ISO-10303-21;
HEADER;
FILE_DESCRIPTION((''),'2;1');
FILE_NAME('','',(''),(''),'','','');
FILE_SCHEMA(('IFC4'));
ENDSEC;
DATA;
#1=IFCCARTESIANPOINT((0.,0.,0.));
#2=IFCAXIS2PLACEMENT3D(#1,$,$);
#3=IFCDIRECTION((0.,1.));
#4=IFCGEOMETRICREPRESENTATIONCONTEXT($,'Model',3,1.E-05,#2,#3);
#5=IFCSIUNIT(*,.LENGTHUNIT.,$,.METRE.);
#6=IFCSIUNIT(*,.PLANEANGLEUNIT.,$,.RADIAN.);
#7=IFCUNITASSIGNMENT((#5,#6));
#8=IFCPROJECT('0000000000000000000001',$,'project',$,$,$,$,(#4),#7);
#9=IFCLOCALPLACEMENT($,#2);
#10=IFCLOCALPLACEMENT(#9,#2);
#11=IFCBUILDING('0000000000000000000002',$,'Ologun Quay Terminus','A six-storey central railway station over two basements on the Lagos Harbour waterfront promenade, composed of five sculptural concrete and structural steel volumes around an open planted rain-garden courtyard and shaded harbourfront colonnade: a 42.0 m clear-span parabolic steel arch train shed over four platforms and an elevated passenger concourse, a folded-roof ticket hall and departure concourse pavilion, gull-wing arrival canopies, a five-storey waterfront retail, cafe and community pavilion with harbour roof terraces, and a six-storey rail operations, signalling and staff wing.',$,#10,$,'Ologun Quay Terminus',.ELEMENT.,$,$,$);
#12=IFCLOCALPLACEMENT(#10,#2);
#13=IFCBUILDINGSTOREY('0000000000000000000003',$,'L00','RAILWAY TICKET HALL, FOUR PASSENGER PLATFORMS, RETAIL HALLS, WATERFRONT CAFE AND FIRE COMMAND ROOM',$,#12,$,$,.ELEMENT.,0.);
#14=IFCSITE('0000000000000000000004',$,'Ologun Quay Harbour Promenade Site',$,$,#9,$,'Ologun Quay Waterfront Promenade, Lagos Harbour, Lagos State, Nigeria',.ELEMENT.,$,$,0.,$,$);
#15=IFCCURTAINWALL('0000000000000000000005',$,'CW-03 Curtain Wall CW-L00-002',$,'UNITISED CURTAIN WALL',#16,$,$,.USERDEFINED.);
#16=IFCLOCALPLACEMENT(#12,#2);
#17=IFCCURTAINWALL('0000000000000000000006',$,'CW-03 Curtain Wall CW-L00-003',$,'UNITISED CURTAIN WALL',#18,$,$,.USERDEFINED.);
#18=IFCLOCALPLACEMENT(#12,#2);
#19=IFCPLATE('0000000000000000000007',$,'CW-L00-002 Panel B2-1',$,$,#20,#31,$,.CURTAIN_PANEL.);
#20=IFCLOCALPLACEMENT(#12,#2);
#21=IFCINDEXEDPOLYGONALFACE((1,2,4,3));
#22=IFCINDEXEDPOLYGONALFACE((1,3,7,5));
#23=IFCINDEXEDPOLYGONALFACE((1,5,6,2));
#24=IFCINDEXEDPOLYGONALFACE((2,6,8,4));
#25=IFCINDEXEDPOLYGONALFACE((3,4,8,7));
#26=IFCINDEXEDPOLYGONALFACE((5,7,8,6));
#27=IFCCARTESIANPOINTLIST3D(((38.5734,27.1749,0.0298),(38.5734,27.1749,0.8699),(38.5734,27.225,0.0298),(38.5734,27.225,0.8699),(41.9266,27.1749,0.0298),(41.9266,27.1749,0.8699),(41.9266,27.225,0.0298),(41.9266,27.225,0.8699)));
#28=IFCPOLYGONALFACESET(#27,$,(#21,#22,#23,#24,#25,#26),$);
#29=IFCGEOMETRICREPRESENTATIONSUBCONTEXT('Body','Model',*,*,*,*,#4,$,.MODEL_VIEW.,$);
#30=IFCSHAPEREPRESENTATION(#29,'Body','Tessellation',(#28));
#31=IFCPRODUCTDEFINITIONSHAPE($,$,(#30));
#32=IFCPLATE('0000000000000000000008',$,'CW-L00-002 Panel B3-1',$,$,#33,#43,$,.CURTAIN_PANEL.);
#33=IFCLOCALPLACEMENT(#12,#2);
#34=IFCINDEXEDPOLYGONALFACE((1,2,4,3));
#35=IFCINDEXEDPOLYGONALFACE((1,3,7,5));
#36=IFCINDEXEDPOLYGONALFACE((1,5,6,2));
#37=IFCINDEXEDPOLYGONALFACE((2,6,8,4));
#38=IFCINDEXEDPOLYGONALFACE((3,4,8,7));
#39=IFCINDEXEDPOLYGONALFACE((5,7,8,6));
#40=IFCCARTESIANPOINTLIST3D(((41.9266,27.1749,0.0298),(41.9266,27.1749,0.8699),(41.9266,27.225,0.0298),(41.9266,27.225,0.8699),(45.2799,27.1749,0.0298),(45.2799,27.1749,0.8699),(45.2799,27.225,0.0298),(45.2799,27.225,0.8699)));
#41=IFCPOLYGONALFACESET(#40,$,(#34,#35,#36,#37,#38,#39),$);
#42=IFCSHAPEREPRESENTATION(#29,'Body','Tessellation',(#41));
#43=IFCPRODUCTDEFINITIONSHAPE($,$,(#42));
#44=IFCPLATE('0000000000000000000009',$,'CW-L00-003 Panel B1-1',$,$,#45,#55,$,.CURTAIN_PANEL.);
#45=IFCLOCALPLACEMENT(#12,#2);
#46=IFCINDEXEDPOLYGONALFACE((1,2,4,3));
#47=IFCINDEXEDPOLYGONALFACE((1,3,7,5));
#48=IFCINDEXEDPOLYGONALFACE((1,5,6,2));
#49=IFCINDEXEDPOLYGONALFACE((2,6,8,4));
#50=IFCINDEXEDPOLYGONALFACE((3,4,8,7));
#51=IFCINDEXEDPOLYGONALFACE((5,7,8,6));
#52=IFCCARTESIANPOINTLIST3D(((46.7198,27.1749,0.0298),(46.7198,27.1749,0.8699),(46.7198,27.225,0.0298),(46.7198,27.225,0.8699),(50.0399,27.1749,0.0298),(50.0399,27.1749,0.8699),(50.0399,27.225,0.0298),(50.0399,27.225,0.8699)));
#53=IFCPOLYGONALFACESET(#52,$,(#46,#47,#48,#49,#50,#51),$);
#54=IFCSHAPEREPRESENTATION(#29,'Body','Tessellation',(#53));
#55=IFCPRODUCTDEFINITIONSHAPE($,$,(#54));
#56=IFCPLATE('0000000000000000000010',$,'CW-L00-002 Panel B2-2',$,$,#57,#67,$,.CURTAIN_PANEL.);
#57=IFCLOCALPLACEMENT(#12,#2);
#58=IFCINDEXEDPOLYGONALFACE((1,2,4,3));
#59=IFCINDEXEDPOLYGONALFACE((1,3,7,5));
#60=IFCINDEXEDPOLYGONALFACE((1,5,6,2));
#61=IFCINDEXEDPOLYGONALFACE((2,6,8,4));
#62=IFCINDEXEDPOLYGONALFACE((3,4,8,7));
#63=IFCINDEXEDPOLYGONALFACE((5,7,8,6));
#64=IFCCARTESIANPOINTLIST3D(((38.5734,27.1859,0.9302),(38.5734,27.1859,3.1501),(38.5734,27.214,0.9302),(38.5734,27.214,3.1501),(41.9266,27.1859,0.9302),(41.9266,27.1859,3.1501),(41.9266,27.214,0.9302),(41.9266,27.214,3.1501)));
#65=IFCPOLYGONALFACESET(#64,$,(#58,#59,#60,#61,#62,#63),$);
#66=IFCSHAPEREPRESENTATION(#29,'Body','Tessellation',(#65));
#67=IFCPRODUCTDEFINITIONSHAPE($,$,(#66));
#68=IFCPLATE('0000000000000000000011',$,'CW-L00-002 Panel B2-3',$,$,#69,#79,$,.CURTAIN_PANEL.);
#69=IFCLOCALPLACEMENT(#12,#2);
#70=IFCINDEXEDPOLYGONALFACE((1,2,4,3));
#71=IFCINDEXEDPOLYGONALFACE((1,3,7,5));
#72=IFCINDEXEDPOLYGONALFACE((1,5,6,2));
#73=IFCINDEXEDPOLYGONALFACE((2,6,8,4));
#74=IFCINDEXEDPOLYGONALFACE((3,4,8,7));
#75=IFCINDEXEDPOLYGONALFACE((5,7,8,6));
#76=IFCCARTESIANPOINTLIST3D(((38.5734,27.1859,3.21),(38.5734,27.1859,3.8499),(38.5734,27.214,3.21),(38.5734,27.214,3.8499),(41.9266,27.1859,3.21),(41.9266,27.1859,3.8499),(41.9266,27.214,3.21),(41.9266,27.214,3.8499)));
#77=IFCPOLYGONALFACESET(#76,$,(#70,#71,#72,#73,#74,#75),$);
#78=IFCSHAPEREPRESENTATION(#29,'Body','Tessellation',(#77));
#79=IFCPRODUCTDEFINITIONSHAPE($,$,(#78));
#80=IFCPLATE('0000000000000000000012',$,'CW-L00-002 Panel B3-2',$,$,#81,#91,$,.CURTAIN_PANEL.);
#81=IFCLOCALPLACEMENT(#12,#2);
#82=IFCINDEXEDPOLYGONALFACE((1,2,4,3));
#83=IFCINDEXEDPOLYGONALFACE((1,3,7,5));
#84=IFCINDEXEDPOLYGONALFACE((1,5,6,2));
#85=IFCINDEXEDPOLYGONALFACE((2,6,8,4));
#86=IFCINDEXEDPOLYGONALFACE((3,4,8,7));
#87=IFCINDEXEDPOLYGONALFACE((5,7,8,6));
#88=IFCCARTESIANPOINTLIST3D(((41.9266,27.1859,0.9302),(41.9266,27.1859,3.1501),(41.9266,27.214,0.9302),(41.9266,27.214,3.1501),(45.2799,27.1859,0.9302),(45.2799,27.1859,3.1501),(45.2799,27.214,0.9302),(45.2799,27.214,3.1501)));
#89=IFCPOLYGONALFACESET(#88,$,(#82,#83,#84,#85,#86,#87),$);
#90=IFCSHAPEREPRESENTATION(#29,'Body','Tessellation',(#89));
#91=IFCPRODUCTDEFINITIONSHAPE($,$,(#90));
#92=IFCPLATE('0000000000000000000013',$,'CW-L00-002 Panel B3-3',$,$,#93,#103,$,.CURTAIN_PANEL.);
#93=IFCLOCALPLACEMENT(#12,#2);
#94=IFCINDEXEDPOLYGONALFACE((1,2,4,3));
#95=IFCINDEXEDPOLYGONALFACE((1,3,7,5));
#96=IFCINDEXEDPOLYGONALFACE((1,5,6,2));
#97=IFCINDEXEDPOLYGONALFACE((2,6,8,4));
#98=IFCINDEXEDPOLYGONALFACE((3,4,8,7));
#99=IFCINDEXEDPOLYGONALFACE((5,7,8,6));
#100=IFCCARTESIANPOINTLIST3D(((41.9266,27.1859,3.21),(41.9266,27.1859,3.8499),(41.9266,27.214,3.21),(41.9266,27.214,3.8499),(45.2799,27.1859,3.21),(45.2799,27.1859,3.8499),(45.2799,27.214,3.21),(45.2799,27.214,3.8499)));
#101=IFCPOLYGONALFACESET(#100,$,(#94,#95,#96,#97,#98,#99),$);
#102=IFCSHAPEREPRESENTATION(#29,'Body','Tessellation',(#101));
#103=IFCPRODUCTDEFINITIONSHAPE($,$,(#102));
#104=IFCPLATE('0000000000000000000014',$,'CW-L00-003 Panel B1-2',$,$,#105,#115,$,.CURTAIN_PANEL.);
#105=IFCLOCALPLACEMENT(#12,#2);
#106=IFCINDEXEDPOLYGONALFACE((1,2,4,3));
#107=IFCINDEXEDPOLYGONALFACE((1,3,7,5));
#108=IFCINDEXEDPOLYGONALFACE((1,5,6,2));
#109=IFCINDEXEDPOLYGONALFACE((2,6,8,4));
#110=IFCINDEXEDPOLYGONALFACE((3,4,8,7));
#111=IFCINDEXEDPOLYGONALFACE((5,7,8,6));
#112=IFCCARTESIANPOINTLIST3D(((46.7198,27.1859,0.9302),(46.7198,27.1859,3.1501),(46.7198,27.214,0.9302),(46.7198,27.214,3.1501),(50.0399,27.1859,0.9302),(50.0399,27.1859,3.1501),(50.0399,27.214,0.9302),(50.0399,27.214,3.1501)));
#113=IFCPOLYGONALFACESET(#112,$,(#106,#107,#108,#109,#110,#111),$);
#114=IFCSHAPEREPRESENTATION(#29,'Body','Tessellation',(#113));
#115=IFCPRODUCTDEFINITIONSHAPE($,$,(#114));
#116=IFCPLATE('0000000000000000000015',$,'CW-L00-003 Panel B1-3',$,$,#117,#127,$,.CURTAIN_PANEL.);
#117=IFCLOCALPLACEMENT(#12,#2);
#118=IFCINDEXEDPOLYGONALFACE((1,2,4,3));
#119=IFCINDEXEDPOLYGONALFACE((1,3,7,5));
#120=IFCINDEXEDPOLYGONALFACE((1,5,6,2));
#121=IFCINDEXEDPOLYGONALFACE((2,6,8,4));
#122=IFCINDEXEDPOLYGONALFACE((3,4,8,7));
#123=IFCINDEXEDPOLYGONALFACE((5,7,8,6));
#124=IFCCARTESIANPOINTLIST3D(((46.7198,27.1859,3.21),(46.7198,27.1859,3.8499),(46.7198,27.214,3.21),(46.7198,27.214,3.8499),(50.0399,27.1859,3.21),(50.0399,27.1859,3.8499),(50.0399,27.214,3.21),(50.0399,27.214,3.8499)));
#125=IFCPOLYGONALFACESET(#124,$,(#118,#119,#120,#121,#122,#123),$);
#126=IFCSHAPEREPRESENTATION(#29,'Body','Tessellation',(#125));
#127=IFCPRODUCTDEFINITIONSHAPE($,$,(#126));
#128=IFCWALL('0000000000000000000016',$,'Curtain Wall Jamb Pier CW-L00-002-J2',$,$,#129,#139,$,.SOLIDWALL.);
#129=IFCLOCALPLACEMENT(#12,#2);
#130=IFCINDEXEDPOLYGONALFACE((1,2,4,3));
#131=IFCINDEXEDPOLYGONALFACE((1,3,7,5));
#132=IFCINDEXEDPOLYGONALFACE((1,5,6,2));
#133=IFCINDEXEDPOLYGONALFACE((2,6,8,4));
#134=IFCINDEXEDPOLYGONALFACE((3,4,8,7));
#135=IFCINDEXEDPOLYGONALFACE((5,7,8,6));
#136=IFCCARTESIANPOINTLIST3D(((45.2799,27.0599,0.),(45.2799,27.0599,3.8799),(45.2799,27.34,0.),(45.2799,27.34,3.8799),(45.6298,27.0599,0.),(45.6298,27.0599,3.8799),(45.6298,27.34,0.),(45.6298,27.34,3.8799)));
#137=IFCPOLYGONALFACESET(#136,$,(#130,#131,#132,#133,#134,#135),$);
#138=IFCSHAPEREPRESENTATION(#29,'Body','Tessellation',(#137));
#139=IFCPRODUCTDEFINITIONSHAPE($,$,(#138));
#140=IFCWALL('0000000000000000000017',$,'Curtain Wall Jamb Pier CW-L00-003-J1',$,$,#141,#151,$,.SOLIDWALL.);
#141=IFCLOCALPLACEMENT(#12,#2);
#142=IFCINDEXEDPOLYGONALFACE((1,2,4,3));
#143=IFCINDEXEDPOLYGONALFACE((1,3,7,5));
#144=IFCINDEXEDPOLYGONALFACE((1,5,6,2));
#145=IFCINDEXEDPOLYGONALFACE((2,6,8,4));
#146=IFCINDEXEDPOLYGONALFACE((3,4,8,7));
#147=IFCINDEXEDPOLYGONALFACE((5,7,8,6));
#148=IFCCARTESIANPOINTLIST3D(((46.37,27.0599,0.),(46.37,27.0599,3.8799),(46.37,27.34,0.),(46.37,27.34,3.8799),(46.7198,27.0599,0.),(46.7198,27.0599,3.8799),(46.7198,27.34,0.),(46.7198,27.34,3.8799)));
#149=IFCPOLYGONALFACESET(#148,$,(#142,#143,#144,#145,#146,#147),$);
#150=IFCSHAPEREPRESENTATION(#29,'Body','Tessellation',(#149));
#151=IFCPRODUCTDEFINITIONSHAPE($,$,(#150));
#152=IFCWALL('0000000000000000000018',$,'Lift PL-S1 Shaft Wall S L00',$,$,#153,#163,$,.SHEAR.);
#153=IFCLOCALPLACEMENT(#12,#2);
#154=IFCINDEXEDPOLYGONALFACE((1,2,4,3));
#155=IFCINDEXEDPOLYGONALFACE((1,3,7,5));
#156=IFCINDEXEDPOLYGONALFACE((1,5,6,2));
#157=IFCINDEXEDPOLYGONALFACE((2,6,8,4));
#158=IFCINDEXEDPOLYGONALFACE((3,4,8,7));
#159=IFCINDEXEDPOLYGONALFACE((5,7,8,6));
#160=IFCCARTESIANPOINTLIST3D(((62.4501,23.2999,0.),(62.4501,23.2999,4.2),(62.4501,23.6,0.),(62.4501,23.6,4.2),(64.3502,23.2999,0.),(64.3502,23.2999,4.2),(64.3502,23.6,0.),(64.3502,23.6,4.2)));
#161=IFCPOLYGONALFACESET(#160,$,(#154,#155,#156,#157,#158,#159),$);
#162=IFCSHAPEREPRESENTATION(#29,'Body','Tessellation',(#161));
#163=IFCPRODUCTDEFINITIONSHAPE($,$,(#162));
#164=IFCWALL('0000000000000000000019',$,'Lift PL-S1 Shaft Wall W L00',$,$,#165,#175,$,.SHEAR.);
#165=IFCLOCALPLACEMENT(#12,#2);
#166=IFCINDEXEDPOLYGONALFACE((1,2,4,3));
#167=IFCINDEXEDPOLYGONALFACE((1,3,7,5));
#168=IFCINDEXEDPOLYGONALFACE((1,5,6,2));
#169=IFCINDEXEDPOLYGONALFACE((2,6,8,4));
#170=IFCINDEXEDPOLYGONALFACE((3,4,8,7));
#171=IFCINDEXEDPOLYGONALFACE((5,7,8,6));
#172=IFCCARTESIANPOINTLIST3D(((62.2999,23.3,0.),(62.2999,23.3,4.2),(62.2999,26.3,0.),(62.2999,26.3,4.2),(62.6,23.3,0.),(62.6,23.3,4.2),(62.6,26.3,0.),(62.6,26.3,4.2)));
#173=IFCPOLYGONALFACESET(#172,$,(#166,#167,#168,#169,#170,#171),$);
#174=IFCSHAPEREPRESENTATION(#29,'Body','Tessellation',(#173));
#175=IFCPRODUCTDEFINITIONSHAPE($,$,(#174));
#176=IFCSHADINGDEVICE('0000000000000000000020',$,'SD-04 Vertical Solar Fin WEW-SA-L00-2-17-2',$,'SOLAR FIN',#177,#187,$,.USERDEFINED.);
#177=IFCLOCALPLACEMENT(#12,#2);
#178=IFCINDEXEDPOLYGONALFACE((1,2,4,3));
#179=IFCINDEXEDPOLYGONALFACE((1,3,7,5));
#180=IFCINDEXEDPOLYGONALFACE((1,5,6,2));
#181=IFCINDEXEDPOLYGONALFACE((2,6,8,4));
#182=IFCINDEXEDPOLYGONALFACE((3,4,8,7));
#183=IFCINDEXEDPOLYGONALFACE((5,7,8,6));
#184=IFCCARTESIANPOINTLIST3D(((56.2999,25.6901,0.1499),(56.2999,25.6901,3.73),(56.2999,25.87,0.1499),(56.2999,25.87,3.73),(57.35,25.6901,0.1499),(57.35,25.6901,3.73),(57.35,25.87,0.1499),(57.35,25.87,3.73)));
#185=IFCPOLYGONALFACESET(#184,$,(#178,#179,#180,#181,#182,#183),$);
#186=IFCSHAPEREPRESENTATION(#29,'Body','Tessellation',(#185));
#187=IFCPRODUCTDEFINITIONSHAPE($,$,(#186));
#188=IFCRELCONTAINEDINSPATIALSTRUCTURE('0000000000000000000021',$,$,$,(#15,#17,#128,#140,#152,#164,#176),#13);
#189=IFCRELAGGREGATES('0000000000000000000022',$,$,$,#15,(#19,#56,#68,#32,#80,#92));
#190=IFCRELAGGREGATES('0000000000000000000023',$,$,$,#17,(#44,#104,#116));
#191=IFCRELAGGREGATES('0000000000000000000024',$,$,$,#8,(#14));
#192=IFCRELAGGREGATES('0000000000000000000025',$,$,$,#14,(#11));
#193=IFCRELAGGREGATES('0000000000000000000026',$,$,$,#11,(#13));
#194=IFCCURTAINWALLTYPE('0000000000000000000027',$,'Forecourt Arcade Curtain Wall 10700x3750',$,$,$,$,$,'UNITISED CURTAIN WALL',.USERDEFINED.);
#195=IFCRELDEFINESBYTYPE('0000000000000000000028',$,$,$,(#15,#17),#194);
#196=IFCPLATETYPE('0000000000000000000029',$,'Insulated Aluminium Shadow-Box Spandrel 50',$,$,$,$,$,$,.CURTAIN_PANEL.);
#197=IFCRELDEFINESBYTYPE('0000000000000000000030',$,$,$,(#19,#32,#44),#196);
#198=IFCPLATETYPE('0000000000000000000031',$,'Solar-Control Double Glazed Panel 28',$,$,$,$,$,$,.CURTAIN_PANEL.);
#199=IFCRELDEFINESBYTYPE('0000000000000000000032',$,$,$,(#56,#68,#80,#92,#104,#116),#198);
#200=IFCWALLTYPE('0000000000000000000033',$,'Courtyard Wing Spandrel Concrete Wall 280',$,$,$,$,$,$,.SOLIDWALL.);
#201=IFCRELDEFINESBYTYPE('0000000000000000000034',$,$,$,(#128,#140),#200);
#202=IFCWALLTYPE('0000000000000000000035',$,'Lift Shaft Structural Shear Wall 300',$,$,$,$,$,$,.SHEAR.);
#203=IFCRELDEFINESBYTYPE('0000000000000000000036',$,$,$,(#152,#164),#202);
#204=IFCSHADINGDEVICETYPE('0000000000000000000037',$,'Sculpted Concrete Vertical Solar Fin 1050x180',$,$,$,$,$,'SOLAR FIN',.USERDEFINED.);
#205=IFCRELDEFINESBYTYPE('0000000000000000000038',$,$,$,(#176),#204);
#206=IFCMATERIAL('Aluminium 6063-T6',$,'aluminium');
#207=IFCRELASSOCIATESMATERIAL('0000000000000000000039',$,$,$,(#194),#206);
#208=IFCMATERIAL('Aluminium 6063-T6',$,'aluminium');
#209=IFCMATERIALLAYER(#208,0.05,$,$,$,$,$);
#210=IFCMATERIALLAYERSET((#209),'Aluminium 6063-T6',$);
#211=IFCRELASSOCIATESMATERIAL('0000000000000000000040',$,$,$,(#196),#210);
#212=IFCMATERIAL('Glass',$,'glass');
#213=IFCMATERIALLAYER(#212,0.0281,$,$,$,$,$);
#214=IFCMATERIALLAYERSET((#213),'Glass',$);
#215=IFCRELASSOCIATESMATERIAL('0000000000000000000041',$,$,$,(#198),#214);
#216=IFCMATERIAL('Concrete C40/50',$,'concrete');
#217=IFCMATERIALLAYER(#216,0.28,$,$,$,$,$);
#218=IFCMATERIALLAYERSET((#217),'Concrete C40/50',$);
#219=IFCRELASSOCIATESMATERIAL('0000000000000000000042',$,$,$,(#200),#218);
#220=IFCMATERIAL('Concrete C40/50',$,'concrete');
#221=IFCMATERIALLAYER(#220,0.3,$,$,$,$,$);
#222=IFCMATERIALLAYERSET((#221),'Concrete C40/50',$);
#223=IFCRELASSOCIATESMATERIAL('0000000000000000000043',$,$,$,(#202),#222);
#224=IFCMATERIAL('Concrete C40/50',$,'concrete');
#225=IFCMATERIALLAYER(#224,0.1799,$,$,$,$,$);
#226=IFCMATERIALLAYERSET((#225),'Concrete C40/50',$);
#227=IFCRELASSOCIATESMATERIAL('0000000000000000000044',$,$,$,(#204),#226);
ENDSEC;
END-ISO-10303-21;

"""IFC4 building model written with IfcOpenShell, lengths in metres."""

from ifc_helpers import new_model, si_unit, direction, frame, frame_2d, origin, origin_2d, place, context, subcontext, project, spatial, rectangle, extrude, material, layer, layer_set, type_object, element, aggregate, save


model = new_model("IFC4")

# Units and contexts
model_context = context("Model", 3, precision=1e-05, world=origin(), true_north=direction((0.0, 1.0)))
body_context = subcontext(model_context, "Body", "Model", "MODEL_VIEW")
ifc_project = project(units=[si_unit("LENGTHUNIT", "METRE"), si_unit("PLANEANGLEUNIT", "RADIAN")], contexts=[model_context])

# Site, building, storey
site_placement = place(None, origin())
site = spatial("IfcSite", under=ifc_project, at=site_placement, Name="Ologun Quay Harbour Promenade Site", LongName="Ologun Quay Waterfront Promenade, Lagos Harbour, Lagos State, Nigeria", CompositionType="ELEMENT", RefElevation=0.0)
building_placement = place(site_placement, origin())
building = spatial("IfcBuilding", under=site, at=building_placement, Name="Ologun Quay Terminus", Description="A six-storey central railway station over two basements on the Lagos Harbour waterfront promenade, composed of five sculptural concrete and structural steel volumes around an open planted rain-garden courtyard and shaded harbourfront colonnade: a 42.0 m clear-span parabolic steel arch train shed over four platforms and an elevated passenger concourse, a folded-roof ticket hall and departure concourse pavilion, gull-wing arrival canopies, a five-storey waterfront retail, cafe and community pavilion with harbour roof terraces, and a six-storey rail operations, signalling and staff wing.", LongName="Ologun Quay Terminus", CompositionType="ELEMENT")
storey_placement = place(building_placement, origin())
storey = spatial("IfcBuildingStorey", under=building, at=storey_placement, Name="L00", Description="RAILWAY TICKET HALL, FOUR PASSENGER PLATFORMS, RETAIL HALLS, WATERFRONT CAFE AND FIRE COMMAND ROOM", CompositionType="ELEMENT", Elevation=0.0)

# Curtain wall
ifc_material_1 = material(Name="Aluminium 6063-T6", Category="aluminium")
curtain_wall_type = type_object("IfcCurtainWallType", Name="Forecourt Arcade Curtain Wall 10700x3750", ElementType="UNITISED CURTAIN WALL", PredefinedType="USERDEFINED", material=ifc_material_1)
curtain_wall_1_placement = place(storey_placement, origin())
curtain_wall_1 = element("IfcCurtainWall", 1, at=curtain_wall_1_placement, inside=storey, type_object=curtain_wall_type, Name="CW-03 Curtain Wall CW-L00-002", ObjectType="UNITISED CURTAIN WALL", PredefinedType="USERDEFINED")

# Curtain wall
curtain_wall_2_placement = place(storey_placement, origin())
curtain_wall_2 = element("IfcCurtainWall", 2, at=curtain_wall_2_placement, inside=storey, type_object=curtain_wall_type, Name="CW-03 Curtain Wall CW-L00-003", ObjectType="UNITISED CURTAIN WALL", PredefinedType="USERDEFINED")

# Plates
ifc_material_2 = material(Name="Aluminium 6063-T6", Category="aluminium")
ifc_layer_1 = layer(ifc_material_2, 0.05)
ifc_layer_set_1 = layer_set([ifc_layer_1], Name="Aluminium 6063-T6")
plate_type_1 = type_object("IfcPlateType", Name="Insulated Aluminium Shadow-Box Spandrel 50", PredefinedType="CURTAIN_PANEL", material=ifc_layer_set_1)
plate_1_placement = place(storey_placement, frame((40.25, 27.2, 0.0298), z_axis=(0.0, 0.0, 1.0), x_axis=(1.0, 0.0, 0.0)))
plate_1 = element("IfcPlate", 3, at=plate_1_placement, type_object=plate_type_1, Name="CW-L00-002 Panel B2-1", PredefinedType="CURTAIN_PANEL", context=body_context, shape_type="SweptSolid", body=[
    extrude(rectangle(XDim=3.3533, YDim=0.05, at=origin_2d()), origin(), (0.0, 0.0, 1.0), 0.8401),
])
plate_2_placement = place(storey_placement, frame((43.6033, 27.2, 0.0298), z_axis=(0.0, 0.0, 1.0), x_axis=(1.0, 0.0, 0.0)))
plate_2 = element("IfcPlate", 4, at=plate_2_placement, type_object=plate_type_1, Name="CW-L00-002 Panel B3-1", PredefinedType="CURTAIN_PANEL", context=body_context, shape_type="SweptSolid", body=[
    extrude(rectangle(XDim=3.3533, YDim=0.05, at=origin_2d()), origin(), (0.0, 0.0, 1.0), 0.8401),
])
plate_3_placement = place(storey_placement, frame((48.3799, 27.2, 0.0298), z_axis=(0.0, 0.0, 1.0), x_axis=(1.0, 0.0, 0.0)))
plate_3 = element("IfcPlate", 5, at=plate_3_placement, type_object=plate_type_1, Name="CW-L00-003 Panel B1-1", PredefinedType="CURTAIN_PANEL", context=body_context, shape_type="SweptSolid", body=[
    extrude(rectangle(XDim=3.3201, YDim=0.05, at=origin_2d()), origin(), (0.0, 0.0, 1.0), 0.8401),
])
ifc_material_3 = material(Name="Glass", Category="glass")
ifc_layer_2 = layer(ifc_material_3, 0.0281)
ifc_layer_set_2 = layer_set([ifc_layer_2], Name="Glass")
plate_type_2 = type_object("IfcPlateType", Name="Solar-Control Double Glazed Panel 28", PredefinedType="CURTAIN_PANEL", material=ifc_layer_set_2)
plate_4_placement = place(storey_placement, frame((40.25, 27.2, 0.9302), z_axis=(0.0, 0.0, 1.0), x_axis=(1.0, 0.0, 0.0)))
plate_4 = element("IfcPlate", 6, at=plate_4_placement, type_object=plate_type_2, Name="CW-L00-002 Panel B2-2", PredefinedType="CURTAIN_PANEL", context=body_context, shape_type="SweptSolid", body=[
    extrude(rectangle(XDim=3.3533, YDim=0.0281, at=origin_2d()), origin(), (0.0, 0.0, 1.0), 2.22),
])
plate_5_placement = place(storey_placement, frame((40.25, 27.2, 3.21), z_axis=(0.0, 0.0, 1.0), x_axis=(1.0, 0.0, 0.0)))
plate_5 = element("IfcPlate", 7, at=plate_5_placement, type_object=plate_type_2, Name="CW-L00-002 Panel B2-3", PredefinedType="CURTAIN_PANEL", context=body_context, shape_type="SweptSolid", body=[
    extrude(rectangle(XDim=3.3533, YDim=0.0281, at=origin_2d()), origin(), (0.0, 0.0, 1.0), 0.6399),
])
plate_6_placement = place(storey_placement, frame((43.6033, 27.2, 0.9302), z_axis=(0.0, 0.0, 1.0), x_axis=(1.0, 0.0, 0.0)))
plate_6 = element("IfcPlate", 8, at=plate_6_placement, type_object=plate_type_2, Name="CW-L00-002 Panel B3-2", PredefinedType="CURTAIN_PANEL", context=body_context, shape_type="SweptSolid", body=[
    extrude(rectangle(XDim=3.3533, YDim=0.0281, at=origin_2d()), origin(), (0.0, 0.0, 1.0), 2.22),
])
plate_7_placement = place(storey_placement, frame((43.6033, 27.2, 3.21), z_axis=(0.0, 0.0, 1.0), x_axis=(1.0, 0.0, 0.0)))
plate_7 = element("IfcPlate", 9, at=plate_7_placement, type_object=plate_type_2, Name="CW-L00-002 Panel B3-3", PredefinedType="CURTAIN_PANEL", context=body_context, shape_type="SweptSolid", body=[
    extrude(rectangle(XDim=3.3533, YDim=0.0281, at=origin_2d()), origin(), (0.0, 0.0, 1.0), 0.6399),
])
aggregate(curtain_wall_1, [plate_1, plate_4, plate_5, plate_2, plate_6, plate_7])
plate_8_placement = place(storey_placement, frame((48.3799, 27.2, 0.9302), z_axis=(0.0, 0.0, 1.0), x_axis=(1.0, 0.0, 0.0)))
plate_8 = element("IfcPlate", 10, at=plate_8_placement, type_object=plate_type_2, Name="CW-L00-003 Panel B1-2", PredefinedType="CURTAIN_PANEL", context=body_context, shape_type="SweptSolid", body=[
    extrude(rectangle(XDim=3.3201, YDim=0.0281, at=origin_2d()), origin(), (0.0, 0.0, 1.0), 2.22),
])
plate_9_placement = place(storey_placement, frame((48.3799, 27.2, 3.21), z_axis=(0.0, 0.0, 1.0), x_axis=(1.0, 0.0, 0.0)))
plate_9 = element("IfcPlate", 11, at=plate_9_placement, type_object=plate_type_2, Name="CW-L00-003 Panel B1-3", PredefinedType="CURTAIN_PANEL", context=body_context, shape_type="SweptSolid", body=[
    extrude(rectangle(XDim=3.3201, YDim=0.0281, at=origin_2d()), origin(), (0.0, 0.0, 1.0), 0.6399),
])
aggregate(curtain_wall_2, [plate_3, plate_8, plate_9])

# Walls
ifc_material_4 = material(Name="Concrete C40/50", Category="concrete")
ifc_layer_3 = layer(ifc_material_4, 0.28)
ifc_layer_set_3 = layer_set([ifc_layer_3], Name="Concrete C40/50")
wall_type_1 = type_object("IfcWallType", Name="Courtyard Wing Spandrel Concrete Wall 280", PredefinedType="SOLIDWALL", material=ifc_layer_set_3)
for number, where, z_axis, x_axis, name in (
    (12, (45.28, 27.2, 0.0), (0.0, 0.0, 1.0), (1.0, 0.0, 0.0), "Curtain Wall Jamb Pier CW-L00-002-J2"),
    (13, (46.3701, 27.2, 0.0), (0.0, 0.0, 1.0), (1.0, 0.0, 0.0), "Curtain Wall Jamb Pier CW-L00-003-J1"),
):
    element("IfcWall", number, at=place(storey_placement, frame(where, z_axis=z_axis, x_axis=x_axis)), inside=storey, type_object=wall_type_1, Name=name, PredefinedType="SOLIDWALL", context=body_context, shape_type="SweptSolid", body=[
        extrude(rectangle(XDim=0.3499, YDim=0.28, at=frame_2d((0.1748, 0.0))), origin(), (0.0, 0.0, 1.0), 3.8799),
    ])
ifc_material_5 = material(Name="Concrete C40/50", Category="concrete")
ifc_layer_4 = layer(ifc_material_5, 0.3)
ifc_layer_set_4 = layer_set([ifc_layer_4], Name="Concrete C40/50")
wall_type_2 = type_object("IfcWallType", Name="Lift Shaft Structural Shear Wall 300", PredefinedType="SHEAR", material=ifc_layer_set_4)
wall_1_placement = place(storey_placement, frame((62.45, 23.45, 0.0), z_axis=(0.0, 0.0, 1.0), x_axis=(1.0, 0.0, 0.0)))
element("IfcWall", 14, at=wall_1_placement, inside=storey, type_object=wall_type_2, Name="Lift PL-S1 Shaft Wall S L00", PredefinedType="SHEAR", context=body_context, shape_type="SweptSolid", body=[
    extrude(rectangle(XDim=1.9001, YDim=0.3, at=frame_2d((0.9502, 0.0))), origin(), (0.0, 0.0, 1.0), 4.2),
])

# Wall
wall_2_placement = place(storey_placement, frame((62.45, 23.3, 0.0), z_axis=(0.0, 0.0, 1.0), x_axis=(0.0, 1.0, 0.0)))
element("IfcWall", 15, at=wall_2_placement, inside=storey, type_object=wall_type_2, Name="Lift PL-S1 Shaft Wall W L00", PredefinedType="SHEAR", context=body_context, shape_type="SweptSolid", body=[
    extrude(rectangle(XDim=3.0, YDim=0.3, at=frame_2d((1.5, 0.0))), origin(), (0.0, 0.0, 1.0), 4.2),
])

# Shading device
ifc_material_6 = material(Name="Concrete C40/50", Category="concrete")
ifc_layer_5 = layer(ifc_material_6, 0.1799)
ifc_layer_set_5 = layer_set([ifc_layer_5], Name="Concrete C40/50")
shading_device_type = type_object("IfcShadingDeviceType", Name="Sculpted Concrete Vertical Solar Fin 1050x180", ElementType="SOLAR FIN", PredefinedType="USERDEFINED", material=ifc_layer_set_5)
shading_device_placement = place(storey_placement, frame((56.825, 25.78, 0.1499), z_axis=(0.0, 0.0, 1.0), x_axis=(1.0, 0.0, 0.0)))
element("IfcShadingDevice", 16, at=shading_device_placement, inside=storey, type_object=shading_device_type, Name="SD-04 Vertical Solar Fin WEW-SA-L00-2-17-2", ObjectType="SOLAR FIN", PredefinedType="USERDEFINED", context=body_context, shape_type="SweptSolid", body=[
    extrude(rectangle(XDim=1.05, YDim=0.1799, at=origin_2d()), origin(), (0.0, 0.0, 1.0), 3.5801),
])

save(model, "model.ifc")
